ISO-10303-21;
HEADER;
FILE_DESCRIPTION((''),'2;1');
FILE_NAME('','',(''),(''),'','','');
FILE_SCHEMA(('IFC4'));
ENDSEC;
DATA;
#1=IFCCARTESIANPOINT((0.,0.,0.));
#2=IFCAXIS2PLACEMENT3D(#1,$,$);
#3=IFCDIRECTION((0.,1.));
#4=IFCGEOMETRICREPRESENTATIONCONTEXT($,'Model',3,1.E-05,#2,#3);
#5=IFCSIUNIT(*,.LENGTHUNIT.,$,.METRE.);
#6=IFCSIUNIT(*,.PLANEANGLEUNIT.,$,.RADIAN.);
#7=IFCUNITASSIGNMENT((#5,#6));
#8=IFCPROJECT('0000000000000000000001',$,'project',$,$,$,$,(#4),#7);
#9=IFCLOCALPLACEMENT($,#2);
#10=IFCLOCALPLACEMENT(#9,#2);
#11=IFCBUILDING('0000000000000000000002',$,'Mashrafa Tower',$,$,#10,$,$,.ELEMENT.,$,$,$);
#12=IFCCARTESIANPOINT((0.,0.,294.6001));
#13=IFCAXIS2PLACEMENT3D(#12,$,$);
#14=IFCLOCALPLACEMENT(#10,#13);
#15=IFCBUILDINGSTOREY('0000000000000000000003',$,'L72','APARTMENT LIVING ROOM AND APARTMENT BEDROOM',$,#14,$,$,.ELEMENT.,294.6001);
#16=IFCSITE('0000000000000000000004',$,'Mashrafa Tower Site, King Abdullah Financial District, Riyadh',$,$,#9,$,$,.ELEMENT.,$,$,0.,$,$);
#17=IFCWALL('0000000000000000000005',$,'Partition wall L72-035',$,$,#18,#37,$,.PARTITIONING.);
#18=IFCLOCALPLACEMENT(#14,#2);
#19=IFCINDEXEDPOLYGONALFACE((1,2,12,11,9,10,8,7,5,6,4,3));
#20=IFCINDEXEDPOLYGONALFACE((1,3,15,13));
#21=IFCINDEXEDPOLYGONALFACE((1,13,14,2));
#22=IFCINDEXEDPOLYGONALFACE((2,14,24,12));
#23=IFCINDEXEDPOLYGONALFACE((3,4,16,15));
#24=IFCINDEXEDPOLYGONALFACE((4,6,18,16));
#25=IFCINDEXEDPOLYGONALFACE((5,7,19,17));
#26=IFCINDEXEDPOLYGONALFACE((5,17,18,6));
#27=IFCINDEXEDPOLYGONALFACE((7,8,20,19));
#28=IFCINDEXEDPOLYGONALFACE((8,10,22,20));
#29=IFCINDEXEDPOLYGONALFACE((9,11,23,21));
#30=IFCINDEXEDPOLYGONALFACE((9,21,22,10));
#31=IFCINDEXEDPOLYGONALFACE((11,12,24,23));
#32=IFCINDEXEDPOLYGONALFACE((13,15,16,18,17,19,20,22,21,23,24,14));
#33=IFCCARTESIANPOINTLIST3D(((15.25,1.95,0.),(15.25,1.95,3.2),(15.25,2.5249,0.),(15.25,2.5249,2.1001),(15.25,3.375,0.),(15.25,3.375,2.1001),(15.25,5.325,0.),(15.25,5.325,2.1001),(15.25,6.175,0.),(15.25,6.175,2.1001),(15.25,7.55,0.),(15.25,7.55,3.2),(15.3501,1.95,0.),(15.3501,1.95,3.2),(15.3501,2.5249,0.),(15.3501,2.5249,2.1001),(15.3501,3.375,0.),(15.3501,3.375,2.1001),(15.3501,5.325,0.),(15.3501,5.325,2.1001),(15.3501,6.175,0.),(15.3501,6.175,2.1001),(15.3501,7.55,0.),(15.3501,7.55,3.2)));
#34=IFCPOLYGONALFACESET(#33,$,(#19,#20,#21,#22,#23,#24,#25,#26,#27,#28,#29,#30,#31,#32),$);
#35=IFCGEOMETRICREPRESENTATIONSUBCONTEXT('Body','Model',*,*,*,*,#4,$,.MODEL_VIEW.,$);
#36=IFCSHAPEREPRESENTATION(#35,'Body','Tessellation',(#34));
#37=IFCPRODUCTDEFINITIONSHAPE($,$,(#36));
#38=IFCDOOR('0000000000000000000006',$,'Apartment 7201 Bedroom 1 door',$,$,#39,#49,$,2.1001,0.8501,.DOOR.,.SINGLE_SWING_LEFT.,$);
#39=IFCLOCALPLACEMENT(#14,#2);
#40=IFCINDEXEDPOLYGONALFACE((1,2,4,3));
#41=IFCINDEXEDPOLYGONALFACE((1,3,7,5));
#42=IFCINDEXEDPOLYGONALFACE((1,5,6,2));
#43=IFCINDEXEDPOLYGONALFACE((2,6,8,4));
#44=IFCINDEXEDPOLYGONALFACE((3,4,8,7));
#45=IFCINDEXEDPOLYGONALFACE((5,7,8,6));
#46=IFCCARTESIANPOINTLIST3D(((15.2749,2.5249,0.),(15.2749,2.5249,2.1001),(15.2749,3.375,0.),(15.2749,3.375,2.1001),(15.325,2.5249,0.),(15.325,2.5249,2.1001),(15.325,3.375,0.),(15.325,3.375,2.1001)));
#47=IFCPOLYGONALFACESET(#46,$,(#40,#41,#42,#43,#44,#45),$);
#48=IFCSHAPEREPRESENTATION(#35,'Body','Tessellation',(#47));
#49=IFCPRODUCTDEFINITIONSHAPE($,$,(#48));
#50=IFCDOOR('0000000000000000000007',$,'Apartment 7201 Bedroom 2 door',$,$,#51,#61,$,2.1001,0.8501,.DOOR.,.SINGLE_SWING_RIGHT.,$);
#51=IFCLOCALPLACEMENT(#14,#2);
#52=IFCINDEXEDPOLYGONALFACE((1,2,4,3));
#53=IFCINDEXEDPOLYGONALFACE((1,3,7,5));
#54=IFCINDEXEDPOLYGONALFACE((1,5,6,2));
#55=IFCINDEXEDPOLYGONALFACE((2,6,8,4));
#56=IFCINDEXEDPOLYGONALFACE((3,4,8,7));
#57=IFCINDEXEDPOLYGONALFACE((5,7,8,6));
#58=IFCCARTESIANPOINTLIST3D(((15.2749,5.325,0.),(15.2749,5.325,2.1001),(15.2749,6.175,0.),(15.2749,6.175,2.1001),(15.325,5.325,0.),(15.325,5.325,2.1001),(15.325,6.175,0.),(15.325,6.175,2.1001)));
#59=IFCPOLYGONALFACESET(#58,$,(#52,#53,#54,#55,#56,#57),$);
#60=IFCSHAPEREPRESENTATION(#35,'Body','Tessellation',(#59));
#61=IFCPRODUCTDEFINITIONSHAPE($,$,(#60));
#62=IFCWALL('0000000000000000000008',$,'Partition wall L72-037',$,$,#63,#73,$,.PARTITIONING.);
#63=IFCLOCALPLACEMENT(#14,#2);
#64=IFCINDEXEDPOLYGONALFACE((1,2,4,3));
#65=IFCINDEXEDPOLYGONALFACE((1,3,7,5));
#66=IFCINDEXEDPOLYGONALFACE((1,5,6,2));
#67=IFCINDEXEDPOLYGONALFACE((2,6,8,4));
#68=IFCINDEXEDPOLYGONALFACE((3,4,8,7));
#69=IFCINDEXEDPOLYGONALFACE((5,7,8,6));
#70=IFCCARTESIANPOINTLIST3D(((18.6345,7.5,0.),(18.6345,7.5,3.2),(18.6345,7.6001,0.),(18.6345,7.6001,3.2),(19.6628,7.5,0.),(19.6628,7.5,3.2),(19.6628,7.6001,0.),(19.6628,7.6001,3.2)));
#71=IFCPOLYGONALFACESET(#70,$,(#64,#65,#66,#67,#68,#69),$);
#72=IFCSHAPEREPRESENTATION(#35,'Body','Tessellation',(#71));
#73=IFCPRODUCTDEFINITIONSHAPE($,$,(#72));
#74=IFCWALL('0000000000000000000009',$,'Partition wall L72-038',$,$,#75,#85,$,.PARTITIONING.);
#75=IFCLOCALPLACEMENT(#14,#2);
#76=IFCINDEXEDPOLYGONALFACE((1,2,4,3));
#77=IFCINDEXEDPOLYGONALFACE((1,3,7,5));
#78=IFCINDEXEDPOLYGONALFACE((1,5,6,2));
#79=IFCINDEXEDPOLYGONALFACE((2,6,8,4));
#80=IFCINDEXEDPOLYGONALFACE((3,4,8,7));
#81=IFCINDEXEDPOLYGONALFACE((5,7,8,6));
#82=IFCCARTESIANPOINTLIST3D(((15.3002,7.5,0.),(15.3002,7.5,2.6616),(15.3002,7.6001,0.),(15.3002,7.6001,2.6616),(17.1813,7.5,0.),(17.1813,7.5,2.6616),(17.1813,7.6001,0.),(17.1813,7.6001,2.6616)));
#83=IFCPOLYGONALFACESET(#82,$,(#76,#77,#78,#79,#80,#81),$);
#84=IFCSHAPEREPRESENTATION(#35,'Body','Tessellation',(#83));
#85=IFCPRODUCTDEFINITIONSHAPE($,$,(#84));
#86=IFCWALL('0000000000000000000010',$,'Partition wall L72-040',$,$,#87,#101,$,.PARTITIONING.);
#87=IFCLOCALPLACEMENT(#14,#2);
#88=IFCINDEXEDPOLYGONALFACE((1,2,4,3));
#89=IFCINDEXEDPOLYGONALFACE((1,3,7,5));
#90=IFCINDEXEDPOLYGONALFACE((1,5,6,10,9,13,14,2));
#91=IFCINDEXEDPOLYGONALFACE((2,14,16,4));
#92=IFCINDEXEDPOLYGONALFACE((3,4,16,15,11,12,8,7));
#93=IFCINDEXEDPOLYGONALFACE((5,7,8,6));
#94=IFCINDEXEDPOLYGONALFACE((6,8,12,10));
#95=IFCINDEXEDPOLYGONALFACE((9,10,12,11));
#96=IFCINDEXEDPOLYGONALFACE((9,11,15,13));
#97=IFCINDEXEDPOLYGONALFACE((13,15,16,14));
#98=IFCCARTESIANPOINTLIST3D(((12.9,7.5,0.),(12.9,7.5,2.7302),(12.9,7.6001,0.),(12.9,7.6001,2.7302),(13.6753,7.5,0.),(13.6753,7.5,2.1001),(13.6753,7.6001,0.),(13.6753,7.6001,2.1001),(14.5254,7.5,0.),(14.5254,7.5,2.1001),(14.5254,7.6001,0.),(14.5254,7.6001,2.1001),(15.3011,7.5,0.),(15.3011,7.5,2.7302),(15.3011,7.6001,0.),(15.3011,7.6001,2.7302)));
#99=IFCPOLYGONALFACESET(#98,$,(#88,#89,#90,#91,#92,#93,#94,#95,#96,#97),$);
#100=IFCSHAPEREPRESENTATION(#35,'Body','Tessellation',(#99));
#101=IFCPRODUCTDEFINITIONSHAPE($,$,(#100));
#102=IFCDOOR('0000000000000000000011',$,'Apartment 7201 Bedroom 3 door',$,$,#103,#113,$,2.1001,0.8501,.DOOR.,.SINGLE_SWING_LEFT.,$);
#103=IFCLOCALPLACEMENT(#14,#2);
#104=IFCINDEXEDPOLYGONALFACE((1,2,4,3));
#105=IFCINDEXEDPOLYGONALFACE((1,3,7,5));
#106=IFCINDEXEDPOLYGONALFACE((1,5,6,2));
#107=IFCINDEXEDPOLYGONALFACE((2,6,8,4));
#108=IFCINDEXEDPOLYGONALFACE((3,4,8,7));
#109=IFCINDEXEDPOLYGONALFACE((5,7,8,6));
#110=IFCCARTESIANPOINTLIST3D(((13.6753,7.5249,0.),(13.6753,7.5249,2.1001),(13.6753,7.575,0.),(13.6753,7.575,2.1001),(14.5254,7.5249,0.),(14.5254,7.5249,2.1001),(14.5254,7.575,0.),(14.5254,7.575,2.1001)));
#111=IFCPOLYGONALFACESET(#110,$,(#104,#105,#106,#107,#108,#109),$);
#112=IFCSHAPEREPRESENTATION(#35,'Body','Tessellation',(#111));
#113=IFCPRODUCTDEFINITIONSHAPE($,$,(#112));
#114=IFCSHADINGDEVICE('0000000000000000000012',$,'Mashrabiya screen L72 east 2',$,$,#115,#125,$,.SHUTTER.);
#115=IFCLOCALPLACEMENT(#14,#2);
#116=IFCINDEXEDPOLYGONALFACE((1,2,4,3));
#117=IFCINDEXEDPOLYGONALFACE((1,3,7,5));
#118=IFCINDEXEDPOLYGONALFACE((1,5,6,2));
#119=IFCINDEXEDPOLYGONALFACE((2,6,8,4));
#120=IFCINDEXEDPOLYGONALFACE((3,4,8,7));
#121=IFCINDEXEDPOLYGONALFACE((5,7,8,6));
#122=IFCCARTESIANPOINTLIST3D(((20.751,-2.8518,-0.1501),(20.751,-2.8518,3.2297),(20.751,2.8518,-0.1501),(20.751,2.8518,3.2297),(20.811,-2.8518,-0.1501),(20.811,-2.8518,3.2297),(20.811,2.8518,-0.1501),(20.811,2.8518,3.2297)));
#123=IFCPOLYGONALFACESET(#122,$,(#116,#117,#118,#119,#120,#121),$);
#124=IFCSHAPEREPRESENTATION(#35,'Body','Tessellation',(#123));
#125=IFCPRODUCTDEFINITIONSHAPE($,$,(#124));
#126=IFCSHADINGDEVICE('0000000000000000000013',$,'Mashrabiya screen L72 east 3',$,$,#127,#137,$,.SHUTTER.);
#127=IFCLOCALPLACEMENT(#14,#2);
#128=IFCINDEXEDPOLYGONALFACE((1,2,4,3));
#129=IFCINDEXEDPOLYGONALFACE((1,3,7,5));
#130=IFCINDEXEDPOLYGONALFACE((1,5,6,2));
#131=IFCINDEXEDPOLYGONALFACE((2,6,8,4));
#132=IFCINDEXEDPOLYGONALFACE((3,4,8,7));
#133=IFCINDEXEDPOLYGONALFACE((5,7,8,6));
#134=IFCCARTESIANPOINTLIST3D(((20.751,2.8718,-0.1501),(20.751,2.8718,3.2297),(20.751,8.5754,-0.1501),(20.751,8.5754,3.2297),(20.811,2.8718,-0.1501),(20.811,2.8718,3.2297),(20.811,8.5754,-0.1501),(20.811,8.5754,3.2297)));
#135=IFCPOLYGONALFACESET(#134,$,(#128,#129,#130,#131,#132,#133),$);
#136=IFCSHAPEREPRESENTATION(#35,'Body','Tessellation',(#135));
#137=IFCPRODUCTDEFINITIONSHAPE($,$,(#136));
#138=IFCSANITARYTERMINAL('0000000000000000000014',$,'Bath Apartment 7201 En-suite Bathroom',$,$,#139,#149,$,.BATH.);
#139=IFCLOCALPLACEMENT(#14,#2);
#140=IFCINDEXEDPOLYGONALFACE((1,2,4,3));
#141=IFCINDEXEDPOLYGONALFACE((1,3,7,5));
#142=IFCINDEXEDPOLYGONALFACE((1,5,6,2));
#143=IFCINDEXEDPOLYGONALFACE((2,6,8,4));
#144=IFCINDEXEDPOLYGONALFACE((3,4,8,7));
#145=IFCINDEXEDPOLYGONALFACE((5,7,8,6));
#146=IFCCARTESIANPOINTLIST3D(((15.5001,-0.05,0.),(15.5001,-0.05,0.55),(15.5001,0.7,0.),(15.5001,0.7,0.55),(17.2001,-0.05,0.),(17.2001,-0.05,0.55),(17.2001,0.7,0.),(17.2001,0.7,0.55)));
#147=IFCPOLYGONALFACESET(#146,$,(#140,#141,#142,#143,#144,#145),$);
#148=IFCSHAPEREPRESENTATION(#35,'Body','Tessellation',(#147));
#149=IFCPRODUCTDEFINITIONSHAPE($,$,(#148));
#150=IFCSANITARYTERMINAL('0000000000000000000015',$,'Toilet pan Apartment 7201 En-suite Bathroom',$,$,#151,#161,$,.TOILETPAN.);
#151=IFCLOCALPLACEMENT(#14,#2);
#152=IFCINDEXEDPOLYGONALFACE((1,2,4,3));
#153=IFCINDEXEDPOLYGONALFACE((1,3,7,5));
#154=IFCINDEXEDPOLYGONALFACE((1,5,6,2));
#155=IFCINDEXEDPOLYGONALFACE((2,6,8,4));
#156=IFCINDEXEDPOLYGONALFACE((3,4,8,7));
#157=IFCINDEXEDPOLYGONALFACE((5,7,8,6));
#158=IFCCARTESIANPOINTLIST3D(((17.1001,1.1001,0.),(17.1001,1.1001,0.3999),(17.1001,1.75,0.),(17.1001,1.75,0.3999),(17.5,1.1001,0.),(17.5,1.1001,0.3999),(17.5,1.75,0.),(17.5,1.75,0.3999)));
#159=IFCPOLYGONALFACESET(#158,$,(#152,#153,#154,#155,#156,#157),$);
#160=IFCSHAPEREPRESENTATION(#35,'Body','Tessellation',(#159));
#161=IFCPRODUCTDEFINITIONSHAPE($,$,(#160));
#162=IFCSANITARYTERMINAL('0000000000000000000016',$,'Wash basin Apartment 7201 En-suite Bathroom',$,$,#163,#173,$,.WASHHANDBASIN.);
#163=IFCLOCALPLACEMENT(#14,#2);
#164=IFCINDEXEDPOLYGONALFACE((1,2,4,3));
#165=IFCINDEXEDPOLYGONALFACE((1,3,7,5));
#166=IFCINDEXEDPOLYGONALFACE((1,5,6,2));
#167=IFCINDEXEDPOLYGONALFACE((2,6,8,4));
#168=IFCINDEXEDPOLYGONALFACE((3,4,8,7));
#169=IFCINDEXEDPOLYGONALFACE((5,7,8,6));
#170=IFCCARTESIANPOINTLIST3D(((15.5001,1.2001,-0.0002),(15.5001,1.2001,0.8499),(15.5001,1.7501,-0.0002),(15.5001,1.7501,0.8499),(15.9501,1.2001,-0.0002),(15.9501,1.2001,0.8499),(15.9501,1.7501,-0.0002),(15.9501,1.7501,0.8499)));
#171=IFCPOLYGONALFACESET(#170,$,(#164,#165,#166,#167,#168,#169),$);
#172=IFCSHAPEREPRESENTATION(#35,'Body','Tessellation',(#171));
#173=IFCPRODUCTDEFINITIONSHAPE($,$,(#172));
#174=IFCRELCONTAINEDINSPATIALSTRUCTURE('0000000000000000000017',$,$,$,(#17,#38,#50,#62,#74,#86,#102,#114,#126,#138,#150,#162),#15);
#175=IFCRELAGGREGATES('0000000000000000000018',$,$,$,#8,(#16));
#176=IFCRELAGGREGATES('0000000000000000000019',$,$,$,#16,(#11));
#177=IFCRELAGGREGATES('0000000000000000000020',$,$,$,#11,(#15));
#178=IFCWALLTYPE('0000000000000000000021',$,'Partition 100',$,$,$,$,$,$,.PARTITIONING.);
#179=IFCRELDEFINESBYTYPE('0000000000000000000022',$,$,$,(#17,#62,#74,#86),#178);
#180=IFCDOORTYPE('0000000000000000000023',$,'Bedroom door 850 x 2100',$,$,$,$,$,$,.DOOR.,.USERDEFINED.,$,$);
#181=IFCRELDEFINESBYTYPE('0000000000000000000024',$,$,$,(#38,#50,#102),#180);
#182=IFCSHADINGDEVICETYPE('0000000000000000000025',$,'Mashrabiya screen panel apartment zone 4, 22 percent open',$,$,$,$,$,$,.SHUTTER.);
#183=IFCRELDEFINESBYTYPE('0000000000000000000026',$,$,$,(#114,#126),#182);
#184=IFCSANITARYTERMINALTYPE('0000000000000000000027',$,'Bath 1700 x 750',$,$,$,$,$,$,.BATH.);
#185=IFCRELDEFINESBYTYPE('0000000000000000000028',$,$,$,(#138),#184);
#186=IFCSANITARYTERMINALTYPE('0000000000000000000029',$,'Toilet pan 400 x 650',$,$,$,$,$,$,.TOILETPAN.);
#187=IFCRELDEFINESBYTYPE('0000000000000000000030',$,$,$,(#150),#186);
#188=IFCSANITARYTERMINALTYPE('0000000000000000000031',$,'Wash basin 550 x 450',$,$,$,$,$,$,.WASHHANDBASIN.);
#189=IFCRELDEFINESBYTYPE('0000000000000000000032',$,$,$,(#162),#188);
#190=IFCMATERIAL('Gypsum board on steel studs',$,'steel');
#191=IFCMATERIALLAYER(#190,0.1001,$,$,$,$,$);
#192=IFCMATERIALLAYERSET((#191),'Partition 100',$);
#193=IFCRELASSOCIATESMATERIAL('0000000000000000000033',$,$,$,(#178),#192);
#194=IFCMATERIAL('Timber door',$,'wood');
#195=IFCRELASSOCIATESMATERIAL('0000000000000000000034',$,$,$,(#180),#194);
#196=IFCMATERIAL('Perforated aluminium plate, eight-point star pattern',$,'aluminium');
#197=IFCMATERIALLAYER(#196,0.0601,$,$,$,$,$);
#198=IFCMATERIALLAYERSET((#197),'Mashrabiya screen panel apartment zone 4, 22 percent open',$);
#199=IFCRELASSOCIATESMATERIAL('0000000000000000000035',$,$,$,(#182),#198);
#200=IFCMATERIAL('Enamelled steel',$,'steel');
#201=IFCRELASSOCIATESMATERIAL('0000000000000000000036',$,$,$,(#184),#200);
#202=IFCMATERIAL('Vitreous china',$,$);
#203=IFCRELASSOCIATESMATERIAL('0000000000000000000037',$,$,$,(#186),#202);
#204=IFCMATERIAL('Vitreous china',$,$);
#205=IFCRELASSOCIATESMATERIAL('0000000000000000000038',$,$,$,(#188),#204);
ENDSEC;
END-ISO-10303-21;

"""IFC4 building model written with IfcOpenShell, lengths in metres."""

from ifc_helpers import new_model, si_unit, direction, frame, frame_2d, origin, origin_2d, place, context, subcontext, project, spatial, rectangle, extrude, source, transform, mapped, material, layer, layer_set, type_object, type_shapes, element, fill, save


model = new_model("IFC4")

# Units and contexts
model_context = context("Model", 3, precision=1e-05, world=origin(), true_north=direction((0.0, 1.0)))
body_context = subcontext(model_context, "Body", "Model", "MODEL_VIEW")
ifc_project = project(units=[si_unit("LENGTHUNIT", "METRE"), si_unit("PLANEANGLEUNIT", "RADIAN")], contexts=[model_context])

# Site, building, storey
site_placement = place(None, origin())
site = spatial("IfcSite", under=ifc_project, at=site_placement, Name="Mashrafa Tower Site, King Abdullah Financial District, Riyadh", CompositionType="ELEMENT", RefElevation=0.0)
building_placement = place(site_placement, origin())
building = spatial("IfcBuilding", under=site, at=building_placement, Name="Mashrafa Tower", CompositionType="ELEMENT")
storey_placement = place(building_placement, frame((0.0, 0.0, 294.6001)))
storey = spatial("IfcBuildingStorey", under=building, at=storey_placement, Name="L72", Description="APARTMENT LIVING ROOM AND APARTMENT BEDROOM", CompositionType="ELEMENT", Elevation=294.6001)

# Shared definitions
ifc_material_1 = material(Name="Gypsum board on steel studs", Category="steel")
ifc_layer_1 = layer(ifc_material_1, 0.1001)
ifc_layer_set_1 = layer_set([ifc_layer_1], Name="Partition 100")
wall_type_1 = type_object("IfcWallType", Name="Partition 100", PredefinedType="PARTITIONING", material=ifc_layer_set_1)

# Wall, openings, doors
wall_1_placement = place(storey_placement, frame((15.3, 1.95, 0.0), z_axis=(0.0, 0.0, 1.0), x_axis=(0.0, 1.0, 0.0)))
wall_1 = element("IfcWall", 1, at=wall_1_placement, inside=storey, type_object=wall_type_1, Name="Partition wall L72-035", PredefinedType="PARTITIONING", context=body_context, shape_type="SweptSolid", body=[
    extrude(rectangle(XDim=5.6001, YDim=0.1001, at=frame_2d((2.8, 0.0))), origin(), (0.0, 0.0, 1.0), 3.2),
])
opening_1_placement = place(wall_1_placement, frame((0.575, 0.0, 0.0)))
opening_1 = element("IfcOpeningElement", 2, at=opening_1_placement, cuts=wall_1, PredefinedType="OPENING", context=body_context, shape_type="SweptSolid", body=[
    extrude(rectangle(XDim=0.8501, YDim=2.1001, at=frame_2d((0.425, 1.05))), frame((0.0, 0.0601, 0.0), z_axis=(0.0, -1.0, 0.0), x_axis=(1.0, 0.0, 0.0)), (0.0, 0.0, 1.0), 0.1201),
])
opening_2_placement = place(wall_1_placement, frame((3.375, 0.0, 0.0)))
opening_2 = element("IfcOpeningElement", 3, at=opening_2_placement, cuts=wall_1, PredefinedType="OPENING", context=body_context, shape_type="SweptSolid", body=[
    extrude(rectangle(XDim=0.8501, YDim=2.1001, at=frame_2d((0.425, 1.05))), frame((0.0, 0.0601, 0.0), z_axis=(0.0, -1.0, 0.0), x_axis=(1.0, 0.0, 0.0)), (0.0, 0.0, 1.0), 0.1201),
])
ifc_material_2 = material(Name="Timber door", Category="wood")
door_type_1 = type_object("IfcDoorType", Name="Bedroom door 850 x 2100", OperationType="USERDEFINED", PredefinedType="DOOR", material=ifc_material_2)
door_1_placement = place(opening_1_placement, frame((0.8501, 0.0, 0.0), z_axis=(0.0, 0.0, 1.0), x_axis=(-1.0, 0.0, 0.0)))
door_1 = element("IfcDoor", 4, at=door_1_placement, inside=storey, type_object=door_type_1, Name="Apartment 7201 Bedroom 1 door", OperationType="SINGLE_SWING_LEFT", OverallHeight=2.1001, OverallWidth=0.8501, PredefinedType="DOOR", context=body_context, shape_type="SweptSolid", body=[
    extrude(rectangle(XDim=0.8501, YDim=2.1001, at=frame_2d((0.425, 1.05))), frame((0.0, 0.0249, 0.0), z_axis=(0.0, -1.0, 0.0), x_axis=(1.0, 0.0, 0.0)), (0.0, 0.0, 1.0), 0.05),
])
fill(opening_1, door_1)
door_2_placement = place(opening_2_placement, frame((0.8501, 0.0, 0.0), z_axis=(0.0, 0.0, 1.0), x_axis=(-1.0, 0.0, 0.0)))
door_2 = element("IfcDoor", 5, at=door_2_placement, inside=storey, type_object=door_type_1, Name="Apartment 7201 Bedroom 2 door", OperationType="SINGLE_SWING_RIGHT", OverallHeight=2.1001, OverallWidth=0.8501, PredefinedType="DOOR", context=body_context, shape_type="SweptSolid", body=[
    extrude(rectangle(XDim=0.8501, YDim=2.1001, at=frame_2d((0.425, 1.05))), frame((0.0, 0.0249, 0.0), z_axis=(0.0, -1.0, 0.0), x_axis=(1.0, 0.0, 0.0)), (0.0, 0.0, 1.0), 0.05),
])
fill(opening_2, door_2)

# Walls
wall_2_placement = place(storey_placement, frame((19.6628, 7.55, 0.0), z_axis=(0.0, 0.0, 1.0), x_axis=(-1.0, 0.0, 0.0)))
element("IfcWall", 6, at=wall_2_placement, inside=storey, type_object=wall_type_1, Name="Partition wall L72-037", PredefinedType="PARTITIONING", context=body_context, shape_type="SweptSolid", body=[
    extrude(rectangle(XDim=1.0283, YDim=0.1001, at=frame_2d((0.5142, 0.0))), origin(), (0.0, 0.0, 1.0), 3.2),
])
wall_3_placement = place(storey_placement, frame((17.1812, 7.55, 0.0), z_axis=(0.0, 0.0, 1.0), x_axis=(-1.0, 0.0, 0.0)))
element("IfcWall", 7, at=wall_3_placement, inside=storey, type_object=wall_type_1, Name="Partition wall L72-038", PredefinedType="PARTITIONING", context=body_context, shape_type="SweptSolid", body=[
    extrude(rectangle(XDim=1.8811, YDim=0.1001, at=frame_2d((0.9404, 0.0))), origin(), (0.0, 0.0, 1.0), 2.6616),
])

# Wall, opening, door
wall_4_placement = place(storey_placement, frame((12.8999, 7.55, 0.0), z_axis=(0.0, 0.0, 1.0), x_axis=(1.0, 0.0, 0.0)))
wall_4 = element("IfcWall", 8, at=wall_4_placement, inside=storey, type_object=wall_type_1, Name="Partition wall L72-040", PredefinedType="PARTITIONING", context=body_context, shape_type="SweptSolid", body=[
    extrude(rectangle(XDim=2.4011, YDim=0.1001, at=frame_2d((1.2007, 0.0))), origin(), (0.0, 0.0, 1.0), 2.7302),
])
opening_3_placement = place(wall_4_placement, frame((0.7754, 0.0, 0.0)))
opening_3 = element("IfcOpeningElement", 9, at=opening_3_placement, cuts=wall_4, PredefinedType="OPENING", context=body_context, shape_type="SweptSolid", body=[
    extrude(rectangle(XDim=0.8501, YDim=2.1001, at=frame_2d((0.425, 1.05))), frame((0.0, 0.0601, 0.0), z_axis=(0.0, -1.0, 0.0), x_axis=(1.0, 0.0, 0.0)), (0.0, 0.0, 1.0), 0.1201),
])
door_3_placement = place(opening_3_placement, origin())
door_3 = element("IfcDoor", 10, at=door_3_placement, inside=storey, type_object=door_type_1, Name="Apartment 7201 Bedroom 3 door", OperationType="SINGLE_SWING_LEFT", OverallHeight=2.1001, OverallWidth=0.8501, PredefinedType="DOOR", context=body_context, shape_type="SweptSolid", body=[
    extrude(rectangle(XDim=0.8501, YDim=2.1001, at=frame_2d((0.425, 1.05))), frame((0.0, 0.0249, 0.0), z_axis=(0.0, -1.0, 0.0), x_axis=(1.0, 0.0, 0.0)), (0.0, 0.0, 1.0), 0.05),
])
fill(opening_3, door_3)

# Shading devices
ifc_material_3 = material(Name="Perforated aluminium plate, eight-point star pattern", Category="aluminium")
ifc_layer_2 = layer(ifc_material_3, 0.0601)
ifc_layer_set_2 = layer_set([ifc_layer_2], Name="Mashrabiya screen panel apartment zone 4, 22 percent open")
shading_device_type = type_object("IfcShadingDeviceType", Name="Mashrabiya screen panel apartment zone 4, 22 percent open", PredefinedType="SHUTTER", material=ifc_layer_set_2)
shared_shape_1 = source(origin(), body_context, "Body", "SweptSolid", [
    extrude(rectangle(XDim=5.7036, YDim=0.0601, at=origin_2d()), origin(), (0.0, 0.0, 1.0), 3.3799),
])
type_shapes(shading_device_type, [shared_shape_1])
for number, where, z_axis, x_axis, name in (
    (11, (20.781, 0.0, -0.1501), (0.0, 0.0, 1.0), (0.0, 1.0, 0.0), "Mashrabiya screen L72 east 2"),
    (12, (20.781, 5.7236, -0.1501), (0.0, 0.0, 1.0), (0.0, 1.0, 0.0), "Mashrabiya screen L72 east 3"),
):
    element("IfcShadingDevice", number, at=place(storey_placement, frame(where, z_axis=z_axis, x_axis=x_axis)), inside=storey, type_object=shading_device_type, Name=name, PredefinedType="SHUTTER", context=body_context, shape_type="MappedRepresentation", body=[
        mapped(shared_shape_1, transform((0.0, 0.0, 0.0))),
    ])

# Sanitary terminals
ifc_material_4 = material(Name="Enamelled steel", Category="steel")
sanitary_terminal_type_1 = type_object("IfcSanitaryTerminalType", Name="Bath 1700 x 750", PredefinedType="BATH", material=ifc_material_4)
sanitary_terminal_1_placement = place(storey_placement, frame((16.3501, 0.325, 0.0), z_axis=(0.0, 0.0, 1.0), x_axis=(1.0, 0.0, 0.0)))
element("IfcSanitaryTerminal", 13, at=sanitary_terminal_1_placement, inside=storey, type_object=sanitary_terminal_type_1, Name="Bath Apartment 7201 En-suite Bathroom", PredefinedType="BATH", context=body_context, shape_type="SweptSolid", body=[
    extrude(rectangle(XDim=1.7, YDim=0.75, at=origin_2d()), origin(), (0.0, 0.0, 1.0), 0.55),
])
ifc_material_5 = material(Name="Vitreous china")
sanitary_terminal_type_2 = type_object("IfcSanitaryTerminalType", Name="Toilet pan 400 x 650", PredefinedType="TOILETPAN", material=ifc_material_5)
sanitary_terminal_2_placement = place(storey_placement, frame((17.3, 1.425, 0.0), z_axis=(0.0, 0.0, 1.0), x_axis=(-1.0, 0.0, 0.0)))
element("IfcSanitaryTerminal", 14, at=sanitary_terminal_2_placement, inside=storey, type_object=sanitary_terminal_type_2, Name="Toilet pan Apartment 7201 En-suite Bathroom", PredefinedType="TOILETPAN", context=body_context, shape_type="SweptSolid", body=[
    extrude(rectangle(XDim=0.3999, YDim=0.6499, at=origin_2d()), origin(), (0.0, 0.0, 1.0), 0.3999),
])
ifc_material_6 = material(Name="Vitreous china")
sanitary_terminal_type_3 = type_object("IfcSanitaryTerminalType", Name="Wash basin 550 x 450", PredefinedType="WASHHANDBASIN", material=ifc_material_6)
sanitary_terminal_3_placement = place(storey_placement, frame((15.7251, 1.4751, -0.0002), z_axis=(0.0, 0.0, 1.0), x_axis=(0.0, -1.0, 0.0)))
element("IfcSanitaryTerminal", 15, at=sanitary_terminal_3_placement, inside=storey, type_object=sanitary_terminal_type_3, Name="Wash basin Apartment 7201 En-suite Bathroom", PredefinedType="WASHHANDBASIN", context=body_context, shape_type="SweptSolid", body=[
    extrude(rectangle(XDim=0.55, YDim=0.45, at=origin_2d()), origin(), (0.0, 0.0, 1.0), 0.8501),
])

save(model, "model.ifc")
